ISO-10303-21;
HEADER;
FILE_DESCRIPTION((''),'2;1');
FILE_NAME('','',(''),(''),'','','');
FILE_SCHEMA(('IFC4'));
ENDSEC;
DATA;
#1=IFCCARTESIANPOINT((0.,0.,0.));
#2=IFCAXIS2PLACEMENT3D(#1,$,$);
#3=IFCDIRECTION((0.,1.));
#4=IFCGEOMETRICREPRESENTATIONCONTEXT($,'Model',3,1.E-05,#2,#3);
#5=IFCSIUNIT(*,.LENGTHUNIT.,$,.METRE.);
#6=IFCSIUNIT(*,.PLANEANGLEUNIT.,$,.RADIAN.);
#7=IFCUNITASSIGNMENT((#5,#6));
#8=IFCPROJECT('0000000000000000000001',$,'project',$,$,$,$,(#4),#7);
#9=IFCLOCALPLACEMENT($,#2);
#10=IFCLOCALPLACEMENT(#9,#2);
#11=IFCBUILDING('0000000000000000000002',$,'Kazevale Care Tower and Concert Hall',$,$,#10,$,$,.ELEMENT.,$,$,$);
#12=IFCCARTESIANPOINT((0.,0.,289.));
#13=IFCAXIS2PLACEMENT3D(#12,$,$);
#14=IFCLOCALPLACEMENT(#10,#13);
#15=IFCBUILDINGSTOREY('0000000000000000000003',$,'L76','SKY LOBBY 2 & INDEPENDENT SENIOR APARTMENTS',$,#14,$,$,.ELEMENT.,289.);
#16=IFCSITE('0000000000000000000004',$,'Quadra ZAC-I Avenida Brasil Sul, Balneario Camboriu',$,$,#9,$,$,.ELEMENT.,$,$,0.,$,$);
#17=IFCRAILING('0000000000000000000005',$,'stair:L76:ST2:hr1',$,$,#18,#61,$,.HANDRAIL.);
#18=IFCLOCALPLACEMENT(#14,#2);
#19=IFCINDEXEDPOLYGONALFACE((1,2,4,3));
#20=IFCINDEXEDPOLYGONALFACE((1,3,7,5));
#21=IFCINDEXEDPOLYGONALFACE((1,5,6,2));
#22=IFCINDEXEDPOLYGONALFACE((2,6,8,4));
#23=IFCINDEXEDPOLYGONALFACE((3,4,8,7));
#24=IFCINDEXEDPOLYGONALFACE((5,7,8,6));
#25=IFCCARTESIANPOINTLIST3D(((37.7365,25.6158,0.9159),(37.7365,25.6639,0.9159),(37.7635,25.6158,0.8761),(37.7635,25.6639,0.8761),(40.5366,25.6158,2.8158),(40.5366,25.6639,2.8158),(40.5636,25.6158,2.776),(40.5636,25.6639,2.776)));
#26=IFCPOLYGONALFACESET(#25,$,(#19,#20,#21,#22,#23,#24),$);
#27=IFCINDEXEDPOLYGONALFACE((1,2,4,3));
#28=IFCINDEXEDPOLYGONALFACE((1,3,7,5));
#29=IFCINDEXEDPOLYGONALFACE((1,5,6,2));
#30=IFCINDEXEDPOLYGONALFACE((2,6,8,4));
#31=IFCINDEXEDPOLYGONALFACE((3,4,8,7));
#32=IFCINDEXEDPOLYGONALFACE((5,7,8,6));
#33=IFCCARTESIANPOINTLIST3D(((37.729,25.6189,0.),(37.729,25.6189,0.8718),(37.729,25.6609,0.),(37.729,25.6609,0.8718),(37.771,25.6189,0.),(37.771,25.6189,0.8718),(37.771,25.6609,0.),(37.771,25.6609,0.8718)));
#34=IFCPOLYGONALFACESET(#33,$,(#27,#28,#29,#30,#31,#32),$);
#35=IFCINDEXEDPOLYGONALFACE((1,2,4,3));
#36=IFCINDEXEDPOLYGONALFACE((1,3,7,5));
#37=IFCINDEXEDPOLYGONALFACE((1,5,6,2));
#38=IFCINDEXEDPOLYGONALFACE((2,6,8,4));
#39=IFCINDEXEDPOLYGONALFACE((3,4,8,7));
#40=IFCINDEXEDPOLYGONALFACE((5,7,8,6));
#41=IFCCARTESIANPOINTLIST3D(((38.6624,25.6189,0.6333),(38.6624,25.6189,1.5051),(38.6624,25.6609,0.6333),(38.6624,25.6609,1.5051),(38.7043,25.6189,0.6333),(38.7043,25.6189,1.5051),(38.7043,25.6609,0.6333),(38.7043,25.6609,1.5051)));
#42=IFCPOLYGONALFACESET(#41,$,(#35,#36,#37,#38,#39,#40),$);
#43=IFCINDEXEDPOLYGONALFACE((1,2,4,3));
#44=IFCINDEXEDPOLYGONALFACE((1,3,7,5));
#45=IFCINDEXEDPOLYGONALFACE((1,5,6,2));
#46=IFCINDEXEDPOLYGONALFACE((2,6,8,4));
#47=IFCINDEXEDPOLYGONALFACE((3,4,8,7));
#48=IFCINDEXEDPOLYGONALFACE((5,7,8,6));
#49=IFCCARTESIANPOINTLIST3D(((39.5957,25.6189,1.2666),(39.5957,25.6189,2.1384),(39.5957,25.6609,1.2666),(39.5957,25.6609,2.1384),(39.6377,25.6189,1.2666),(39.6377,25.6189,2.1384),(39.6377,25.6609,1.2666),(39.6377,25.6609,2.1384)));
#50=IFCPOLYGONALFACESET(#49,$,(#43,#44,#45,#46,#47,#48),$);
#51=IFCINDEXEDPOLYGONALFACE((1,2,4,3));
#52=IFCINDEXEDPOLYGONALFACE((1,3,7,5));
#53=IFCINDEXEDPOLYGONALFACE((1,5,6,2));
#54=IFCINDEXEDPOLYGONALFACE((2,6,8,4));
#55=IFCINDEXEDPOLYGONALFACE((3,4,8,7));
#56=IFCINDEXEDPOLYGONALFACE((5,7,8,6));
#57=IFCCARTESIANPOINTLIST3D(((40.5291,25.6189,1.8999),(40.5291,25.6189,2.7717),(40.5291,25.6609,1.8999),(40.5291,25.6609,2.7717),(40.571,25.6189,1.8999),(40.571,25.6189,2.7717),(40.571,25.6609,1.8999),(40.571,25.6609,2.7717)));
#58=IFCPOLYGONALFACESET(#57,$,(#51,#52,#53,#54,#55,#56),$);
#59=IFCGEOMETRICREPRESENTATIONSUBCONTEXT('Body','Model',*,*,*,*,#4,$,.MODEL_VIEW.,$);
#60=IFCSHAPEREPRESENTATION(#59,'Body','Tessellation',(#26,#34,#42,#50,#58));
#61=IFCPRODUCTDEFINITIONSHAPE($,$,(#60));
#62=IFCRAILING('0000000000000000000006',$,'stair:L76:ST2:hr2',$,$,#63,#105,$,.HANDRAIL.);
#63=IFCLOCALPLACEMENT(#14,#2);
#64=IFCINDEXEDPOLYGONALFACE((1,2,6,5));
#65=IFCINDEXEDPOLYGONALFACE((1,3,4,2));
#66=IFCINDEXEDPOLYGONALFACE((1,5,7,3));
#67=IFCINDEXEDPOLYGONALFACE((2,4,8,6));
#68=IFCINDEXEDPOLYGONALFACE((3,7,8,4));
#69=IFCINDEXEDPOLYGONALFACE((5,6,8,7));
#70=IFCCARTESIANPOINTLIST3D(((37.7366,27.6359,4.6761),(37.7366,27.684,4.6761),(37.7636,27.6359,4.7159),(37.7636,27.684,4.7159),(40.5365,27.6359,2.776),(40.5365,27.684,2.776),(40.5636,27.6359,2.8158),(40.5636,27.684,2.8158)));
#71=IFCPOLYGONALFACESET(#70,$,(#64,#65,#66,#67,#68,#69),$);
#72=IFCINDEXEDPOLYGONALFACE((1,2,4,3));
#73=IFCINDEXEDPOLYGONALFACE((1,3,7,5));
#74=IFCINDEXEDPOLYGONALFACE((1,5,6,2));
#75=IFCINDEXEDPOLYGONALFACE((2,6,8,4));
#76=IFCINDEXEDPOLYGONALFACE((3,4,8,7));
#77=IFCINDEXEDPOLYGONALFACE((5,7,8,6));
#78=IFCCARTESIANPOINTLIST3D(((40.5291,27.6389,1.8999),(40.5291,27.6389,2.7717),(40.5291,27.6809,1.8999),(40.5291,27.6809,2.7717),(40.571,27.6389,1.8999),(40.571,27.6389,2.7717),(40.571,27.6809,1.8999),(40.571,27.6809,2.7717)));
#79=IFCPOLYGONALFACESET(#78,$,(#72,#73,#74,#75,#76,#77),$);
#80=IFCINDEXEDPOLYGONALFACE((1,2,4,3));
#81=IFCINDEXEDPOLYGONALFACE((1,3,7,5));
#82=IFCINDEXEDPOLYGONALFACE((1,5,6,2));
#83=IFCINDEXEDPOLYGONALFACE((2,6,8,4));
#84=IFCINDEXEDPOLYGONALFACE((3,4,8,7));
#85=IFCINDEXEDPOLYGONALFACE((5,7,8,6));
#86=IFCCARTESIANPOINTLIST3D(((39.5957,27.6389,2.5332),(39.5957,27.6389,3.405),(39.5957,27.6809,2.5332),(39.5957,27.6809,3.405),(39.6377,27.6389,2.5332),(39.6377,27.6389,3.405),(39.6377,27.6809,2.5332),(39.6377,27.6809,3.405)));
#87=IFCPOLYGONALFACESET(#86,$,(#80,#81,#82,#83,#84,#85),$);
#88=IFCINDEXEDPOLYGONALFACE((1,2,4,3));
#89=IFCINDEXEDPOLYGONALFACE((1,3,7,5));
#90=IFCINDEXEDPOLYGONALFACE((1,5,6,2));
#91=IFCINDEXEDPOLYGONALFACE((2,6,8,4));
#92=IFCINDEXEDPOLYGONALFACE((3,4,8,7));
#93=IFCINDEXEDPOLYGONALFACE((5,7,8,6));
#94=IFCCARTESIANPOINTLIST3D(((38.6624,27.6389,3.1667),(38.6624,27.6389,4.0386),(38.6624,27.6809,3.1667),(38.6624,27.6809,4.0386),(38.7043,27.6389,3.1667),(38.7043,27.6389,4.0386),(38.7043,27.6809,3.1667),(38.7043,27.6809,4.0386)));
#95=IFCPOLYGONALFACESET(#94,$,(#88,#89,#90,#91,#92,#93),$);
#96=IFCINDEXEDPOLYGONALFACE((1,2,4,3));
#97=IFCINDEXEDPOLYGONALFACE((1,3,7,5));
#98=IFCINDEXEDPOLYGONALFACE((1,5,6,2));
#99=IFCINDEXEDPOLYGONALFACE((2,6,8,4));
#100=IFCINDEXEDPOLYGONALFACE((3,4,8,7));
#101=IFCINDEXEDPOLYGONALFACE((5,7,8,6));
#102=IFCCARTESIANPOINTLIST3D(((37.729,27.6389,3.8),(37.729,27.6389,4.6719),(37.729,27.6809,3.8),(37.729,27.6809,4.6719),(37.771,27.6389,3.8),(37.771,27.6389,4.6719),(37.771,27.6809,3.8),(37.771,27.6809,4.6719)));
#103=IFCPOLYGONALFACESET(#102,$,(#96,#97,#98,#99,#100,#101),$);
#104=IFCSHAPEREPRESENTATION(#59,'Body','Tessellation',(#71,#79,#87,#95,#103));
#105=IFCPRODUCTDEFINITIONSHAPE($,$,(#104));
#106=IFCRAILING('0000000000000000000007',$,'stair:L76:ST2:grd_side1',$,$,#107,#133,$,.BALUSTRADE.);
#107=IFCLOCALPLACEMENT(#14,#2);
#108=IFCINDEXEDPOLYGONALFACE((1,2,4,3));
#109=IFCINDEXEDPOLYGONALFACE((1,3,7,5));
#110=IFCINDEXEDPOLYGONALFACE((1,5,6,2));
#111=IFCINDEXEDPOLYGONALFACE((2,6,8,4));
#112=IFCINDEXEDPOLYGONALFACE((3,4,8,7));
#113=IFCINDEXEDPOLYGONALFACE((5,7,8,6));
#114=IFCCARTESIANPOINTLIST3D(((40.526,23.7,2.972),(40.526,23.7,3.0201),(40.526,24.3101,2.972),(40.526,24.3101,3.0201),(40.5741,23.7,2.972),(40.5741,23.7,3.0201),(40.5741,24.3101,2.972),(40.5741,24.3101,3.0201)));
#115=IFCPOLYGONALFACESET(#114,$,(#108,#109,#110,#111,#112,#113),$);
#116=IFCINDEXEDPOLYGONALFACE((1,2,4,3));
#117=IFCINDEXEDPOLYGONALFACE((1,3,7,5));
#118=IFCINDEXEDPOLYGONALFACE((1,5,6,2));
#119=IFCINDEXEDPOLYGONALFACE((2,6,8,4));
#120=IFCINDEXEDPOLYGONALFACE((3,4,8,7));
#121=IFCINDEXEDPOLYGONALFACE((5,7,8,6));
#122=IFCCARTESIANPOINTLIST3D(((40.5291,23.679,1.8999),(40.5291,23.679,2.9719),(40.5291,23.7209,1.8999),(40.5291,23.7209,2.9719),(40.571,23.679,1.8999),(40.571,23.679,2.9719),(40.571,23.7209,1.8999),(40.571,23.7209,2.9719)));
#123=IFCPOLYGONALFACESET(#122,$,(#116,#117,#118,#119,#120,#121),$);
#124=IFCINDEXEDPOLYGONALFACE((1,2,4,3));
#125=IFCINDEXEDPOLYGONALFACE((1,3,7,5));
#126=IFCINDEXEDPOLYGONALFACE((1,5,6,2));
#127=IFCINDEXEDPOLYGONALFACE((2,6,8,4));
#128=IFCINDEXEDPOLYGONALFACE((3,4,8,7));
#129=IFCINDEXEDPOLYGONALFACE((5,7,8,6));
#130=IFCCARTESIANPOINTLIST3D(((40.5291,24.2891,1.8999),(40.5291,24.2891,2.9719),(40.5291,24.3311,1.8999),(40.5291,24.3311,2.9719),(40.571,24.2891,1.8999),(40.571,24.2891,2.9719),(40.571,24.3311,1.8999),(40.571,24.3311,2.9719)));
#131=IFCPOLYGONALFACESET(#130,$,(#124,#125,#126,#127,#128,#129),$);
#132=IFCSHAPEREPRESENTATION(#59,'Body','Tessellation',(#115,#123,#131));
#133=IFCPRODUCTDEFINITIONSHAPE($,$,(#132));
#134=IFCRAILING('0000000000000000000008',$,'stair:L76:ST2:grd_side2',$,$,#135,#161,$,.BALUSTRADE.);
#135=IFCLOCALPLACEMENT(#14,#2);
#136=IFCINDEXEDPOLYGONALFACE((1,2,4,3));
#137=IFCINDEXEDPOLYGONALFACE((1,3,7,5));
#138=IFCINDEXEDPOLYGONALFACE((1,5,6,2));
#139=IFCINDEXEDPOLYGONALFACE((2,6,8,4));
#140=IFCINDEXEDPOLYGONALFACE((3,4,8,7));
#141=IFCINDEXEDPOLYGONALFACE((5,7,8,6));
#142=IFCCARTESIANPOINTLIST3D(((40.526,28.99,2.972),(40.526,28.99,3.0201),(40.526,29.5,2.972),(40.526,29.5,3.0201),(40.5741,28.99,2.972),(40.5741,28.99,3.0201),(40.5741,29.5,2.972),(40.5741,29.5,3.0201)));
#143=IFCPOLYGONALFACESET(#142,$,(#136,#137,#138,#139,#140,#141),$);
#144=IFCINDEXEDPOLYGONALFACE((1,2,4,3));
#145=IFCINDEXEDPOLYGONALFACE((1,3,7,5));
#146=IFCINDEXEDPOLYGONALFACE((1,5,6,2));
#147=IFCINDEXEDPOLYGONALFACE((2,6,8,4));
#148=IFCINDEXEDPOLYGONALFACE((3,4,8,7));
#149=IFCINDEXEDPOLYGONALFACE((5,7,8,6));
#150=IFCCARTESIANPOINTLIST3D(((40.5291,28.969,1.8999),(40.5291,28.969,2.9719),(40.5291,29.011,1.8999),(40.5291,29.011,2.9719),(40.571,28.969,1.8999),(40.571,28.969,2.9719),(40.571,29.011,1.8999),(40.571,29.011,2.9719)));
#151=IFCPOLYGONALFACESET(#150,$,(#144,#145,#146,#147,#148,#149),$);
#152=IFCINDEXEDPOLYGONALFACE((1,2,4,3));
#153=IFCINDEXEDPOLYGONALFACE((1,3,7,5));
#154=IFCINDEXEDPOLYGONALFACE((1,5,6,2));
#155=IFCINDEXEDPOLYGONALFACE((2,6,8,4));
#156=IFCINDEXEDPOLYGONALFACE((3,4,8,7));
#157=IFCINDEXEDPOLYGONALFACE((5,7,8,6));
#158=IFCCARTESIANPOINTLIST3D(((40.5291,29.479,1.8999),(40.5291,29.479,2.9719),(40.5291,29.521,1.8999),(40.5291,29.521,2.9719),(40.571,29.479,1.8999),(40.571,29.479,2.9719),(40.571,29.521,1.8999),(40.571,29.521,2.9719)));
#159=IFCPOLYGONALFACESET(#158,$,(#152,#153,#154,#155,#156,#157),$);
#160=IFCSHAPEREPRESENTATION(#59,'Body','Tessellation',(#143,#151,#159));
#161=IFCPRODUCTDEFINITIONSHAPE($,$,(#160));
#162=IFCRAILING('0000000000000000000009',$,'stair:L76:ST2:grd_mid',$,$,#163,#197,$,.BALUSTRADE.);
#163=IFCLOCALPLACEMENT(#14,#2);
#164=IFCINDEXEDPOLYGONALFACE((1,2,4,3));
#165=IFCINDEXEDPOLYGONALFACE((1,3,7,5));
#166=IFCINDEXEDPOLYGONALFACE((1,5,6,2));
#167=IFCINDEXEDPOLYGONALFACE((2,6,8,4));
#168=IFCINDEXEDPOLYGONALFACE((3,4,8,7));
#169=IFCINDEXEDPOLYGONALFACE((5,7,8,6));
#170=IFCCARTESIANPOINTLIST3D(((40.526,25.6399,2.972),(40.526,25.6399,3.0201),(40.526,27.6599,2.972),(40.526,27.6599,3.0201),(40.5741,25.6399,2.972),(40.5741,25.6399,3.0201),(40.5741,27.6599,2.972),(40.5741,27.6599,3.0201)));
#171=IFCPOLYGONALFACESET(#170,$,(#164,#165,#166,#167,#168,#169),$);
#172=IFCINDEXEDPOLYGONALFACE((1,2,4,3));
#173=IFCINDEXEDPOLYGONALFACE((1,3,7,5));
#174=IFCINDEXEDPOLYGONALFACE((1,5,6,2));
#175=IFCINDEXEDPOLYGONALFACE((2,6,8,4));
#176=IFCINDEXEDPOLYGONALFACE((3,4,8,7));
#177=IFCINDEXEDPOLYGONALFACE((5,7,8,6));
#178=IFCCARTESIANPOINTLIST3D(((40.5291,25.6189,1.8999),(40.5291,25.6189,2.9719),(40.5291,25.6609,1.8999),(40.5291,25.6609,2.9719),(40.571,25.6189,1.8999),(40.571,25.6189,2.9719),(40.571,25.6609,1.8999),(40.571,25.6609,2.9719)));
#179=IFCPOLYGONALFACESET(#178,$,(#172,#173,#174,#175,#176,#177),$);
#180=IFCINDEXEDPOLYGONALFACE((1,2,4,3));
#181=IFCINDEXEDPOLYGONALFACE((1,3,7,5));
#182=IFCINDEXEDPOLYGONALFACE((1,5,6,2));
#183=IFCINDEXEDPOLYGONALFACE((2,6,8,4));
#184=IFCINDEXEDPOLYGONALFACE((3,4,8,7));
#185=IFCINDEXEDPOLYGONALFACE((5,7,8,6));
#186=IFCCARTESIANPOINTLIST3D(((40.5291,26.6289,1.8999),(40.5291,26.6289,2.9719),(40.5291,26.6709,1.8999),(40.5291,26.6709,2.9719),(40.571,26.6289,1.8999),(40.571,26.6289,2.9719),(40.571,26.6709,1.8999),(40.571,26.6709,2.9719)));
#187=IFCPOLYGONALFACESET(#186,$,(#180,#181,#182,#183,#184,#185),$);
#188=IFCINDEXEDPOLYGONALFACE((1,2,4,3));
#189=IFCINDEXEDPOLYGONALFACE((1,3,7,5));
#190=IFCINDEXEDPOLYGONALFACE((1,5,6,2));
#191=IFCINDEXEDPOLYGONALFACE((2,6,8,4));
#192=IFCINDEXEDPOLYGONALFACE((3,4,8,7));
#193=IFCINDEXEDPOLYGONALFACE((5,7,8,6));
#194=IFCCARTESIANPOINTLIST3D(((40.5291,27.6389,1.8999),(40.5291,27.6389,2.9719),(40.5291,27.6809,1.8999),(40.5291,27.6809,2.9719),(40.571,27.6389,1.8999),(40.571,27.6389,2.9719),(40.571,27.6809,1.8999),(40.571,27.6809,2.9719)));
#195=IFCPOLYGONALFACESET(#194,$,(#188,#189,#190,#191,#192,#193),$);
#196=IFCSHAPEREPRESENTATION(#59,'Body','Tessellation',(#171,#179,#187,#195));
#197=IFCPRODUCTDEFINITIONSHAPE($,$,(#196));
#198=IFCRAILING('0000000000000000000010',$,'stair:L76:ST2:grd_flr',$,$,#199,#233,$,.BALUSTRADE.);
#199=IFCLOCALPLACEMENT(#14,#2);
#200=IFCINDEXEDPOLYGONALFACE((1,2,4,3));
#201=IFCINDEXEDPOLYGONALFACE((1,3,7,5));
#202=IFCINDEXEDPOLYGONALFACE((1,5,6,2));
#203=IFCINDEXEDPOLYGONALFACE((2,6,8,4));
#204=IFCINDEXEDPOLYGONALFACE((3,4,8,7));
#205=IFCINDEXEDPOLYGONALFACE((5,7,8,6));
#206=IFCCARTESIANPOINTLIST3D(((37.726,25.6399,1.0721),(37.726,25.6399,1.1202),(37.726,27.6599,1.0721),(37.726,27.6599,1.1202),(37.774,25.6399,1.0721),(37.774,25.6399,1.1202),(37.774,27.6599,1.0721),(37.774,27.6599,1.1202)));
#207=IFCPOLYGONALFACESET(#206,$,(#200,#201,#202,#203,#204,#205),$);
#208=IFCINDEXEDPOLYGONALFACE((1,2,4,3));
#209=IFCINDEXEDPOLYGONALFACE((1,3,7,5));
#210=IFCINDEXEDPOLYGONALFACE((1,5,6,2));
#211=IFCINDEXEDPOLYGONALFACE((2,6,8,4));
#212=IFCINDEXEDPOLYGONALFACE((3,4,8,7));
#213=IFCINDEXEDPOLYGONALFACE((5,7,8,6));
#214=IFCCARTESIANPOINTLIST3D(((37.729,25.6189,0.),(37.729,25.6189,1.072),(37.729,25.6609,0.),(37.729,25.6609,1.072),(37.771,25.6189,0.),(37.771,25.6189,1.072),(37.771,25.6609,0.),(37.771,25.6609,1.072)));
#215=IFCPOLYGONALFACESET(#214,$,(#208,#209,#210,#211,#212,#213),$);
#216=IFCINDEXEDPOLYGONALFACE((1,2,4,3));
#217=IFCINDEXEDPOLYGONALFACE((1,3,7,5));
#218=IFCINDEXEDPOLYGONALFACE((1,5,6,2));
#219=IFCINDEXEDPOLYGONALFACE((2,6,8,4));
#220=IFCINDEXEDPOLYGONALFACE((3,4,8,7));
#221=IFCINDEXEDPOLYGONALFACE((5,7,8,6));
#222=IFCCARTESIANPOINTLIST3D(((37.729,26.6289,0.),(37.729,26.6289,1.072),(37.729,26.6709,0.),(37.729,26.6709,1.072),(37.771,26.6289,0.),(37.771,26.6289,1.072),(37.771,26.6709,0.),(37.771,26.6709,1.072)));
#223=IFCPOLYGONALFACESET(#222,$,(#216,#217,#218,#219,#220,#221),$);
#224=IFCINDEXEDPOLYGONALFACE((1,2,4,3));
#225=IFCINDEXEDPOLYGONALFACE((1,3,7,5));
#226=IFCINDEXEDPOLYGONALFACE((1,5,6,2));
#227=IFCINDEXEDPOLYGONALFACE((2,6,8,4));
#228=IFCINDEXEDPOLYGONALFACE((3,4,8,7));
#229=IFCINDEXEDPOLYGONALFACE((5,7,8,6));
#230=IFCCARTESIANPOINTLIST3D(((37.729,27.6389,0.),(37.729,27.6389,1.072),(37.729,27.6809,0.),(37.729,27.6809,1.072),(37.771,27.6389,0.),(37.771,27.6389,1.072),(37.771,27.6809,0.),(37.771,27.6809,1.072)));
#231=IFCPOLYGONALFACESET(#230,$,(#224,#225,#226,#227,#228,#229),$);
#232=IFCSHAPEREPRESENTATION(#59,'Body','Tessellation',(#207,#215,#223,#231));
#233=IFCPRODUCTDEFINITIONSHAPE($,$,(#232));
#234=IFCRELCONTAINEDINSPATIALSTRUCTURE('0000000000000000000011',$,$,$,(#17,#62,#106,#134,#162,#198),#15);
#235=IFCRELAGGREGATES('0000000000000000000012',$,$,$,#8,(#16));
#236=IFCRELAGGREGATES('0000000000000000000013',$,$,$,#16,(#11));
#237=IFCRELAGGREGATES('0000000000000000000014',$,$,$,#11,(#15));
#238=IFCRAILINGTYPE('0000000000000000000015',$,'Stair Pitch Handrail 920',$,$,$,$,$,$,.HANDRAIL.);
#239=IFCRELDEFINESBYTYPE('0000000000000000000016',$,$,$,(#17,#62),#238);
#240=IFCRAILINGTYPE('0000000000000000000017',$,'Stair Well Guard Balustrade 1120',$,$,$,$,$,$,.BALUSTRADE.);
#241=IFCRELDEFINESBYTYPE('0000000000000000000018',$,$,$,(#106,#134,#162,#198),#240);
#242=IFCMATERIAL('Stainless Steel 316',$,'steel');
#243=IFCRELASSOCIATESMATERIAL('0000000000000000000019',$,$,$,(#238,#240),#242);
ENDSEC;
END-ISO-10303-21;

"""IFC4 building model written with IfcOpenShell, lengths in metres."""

from ifc_helpers import new_model, si_unit, direction, frame, origin, origin_2d, place, context, subcontext, project, spatial, rectangle, extrude, material, type_object, element, save


model = new_model("IFC4")

# Units and contexts
model_context = context("Model", 3, precision=1e-05, world=origin(), true_north=direction((0.0, 1.0)))
body_context = subcontext(model_context, "Body", "Model", "MODEL_VIEW")
ifc_project = project(units=[si_unit("LENGTHUNIT", "METRE"), si_unit("PLANEANGLEUNIT", "RADIAN")], contexts=[model_context])

# Site, building, storey
site_placement = place(None, origin())
site = spatial("IfcSite", under=ifc_project, at=site_placement, Name="Quadra ZAC-I Avenida Brasil Sul, Balneario Camboriu", CompositionType="ELEMENT", RefElevation=0.0)
building_placement = place(site_placement, origin())
building = spatial("IfcBuilding", under=site, at=building_placement, Name="Kazevale Care Tower and Concert Hall", CompositionType="ELEMENT")
storey_placement = place(building_placement, frame((0.0, 0.0, 289.0)))
storey = spatial("IfcBuildingStorey", under=building, at=storey_placement, Name="L76", Description="SKY LOBBY 2 & INDEPENDENT SENIOR APARTMENTS", CompositionType="ELEMENT", Elevation=289.0)

# Railings
ifc_material_1 = material(Name="Stainless Steel 316", Category="steel")
railing_type_1 = type_object("IfcRailingType", Name="Stair Pitch Handrail 920", PredefinedType="HANDRAIL", material=ifc_material_1)
railing_1_placement = place(storey_placement, frame((37.75, 25.6399, 0.0)))
element("IfcRailing", 1, at=railing_1_placement, inside=storey, type_object=railing_type_1, Name="stair:L76:ST2:hr1", PredefinedType="HANDRAIL", context=body_context, shape_type="SweptSolid", body=[
    extrude(rectangle(XDim=0.0481, YDim=0.0481, at=origin_2d()), frame((0.0, 0.0, 0.896), z_axis=(0.827494, 0.0, 0.561475), x_axis=(0.0, 1.0, 0.0)), (0.0, 0.0, 1.0), 3.3838),
    extrude(rectangle(XDim=0.042, YDim=0.042, at=origin_2d()), origin(), (0.0, 0.0, 1.0), 0.8718),
    extrude(rectangle(XDim=0.042, YDim=0.042, at=origin_2d()), frame((0.9333, 0.0, 0.6333)), (0.0, 0.0, 1.0), 0.8718),
    extrude(rectangle(XDim=0.042, YDim=0.042, at=origin_2d()), frame((1.8667, 0.0, 1.2666)), (0.0, 0.0, 1.0), 0.8718),
    extrude(rectangle(XDim=0.042, YDim=0.042, at=origin_2d()), frame((2.8, 0.0, 1.8999)), (0.0, 0.0, 1.0), 0.8718),
])
railing_2_placement = place(storey_placement, frame((40.55, 27.6599, 1.8999)))
element("IfcRailing", 2, at=railing_2_placement, inside=storey, type_object=railing_type_1, Name="stair:L76:ST2:hr2", PredefinedType="HANDRAIL", context=body_context, shape_type="SweptSolid", body=[
    extrude(rectangle(XDim=0.0481, YDim=0.0481, at=origin_2d()), frame((0.0, 0.0, 0.896), z_axis=(-0.82746, 0.0, 0.561524), x_axis=(0.0, -1.0, 0.0)), (0.0, 0.0, 1.0), 3.3838),
    extrude(rectangle(XDim=0.042, YDim=0.042, at=origin_2d()), origin(), (0.0, 0.0, 1.0), 0.8718),
    extrude(rectangle(XDim=0.042, YDim=0.042, at=origin_2d()), frame((-0.9333, 0.0, 0.6333)), (0.0, 0.0, 1.0), 0.8718),
    extrude(rectangle(XDim=0.042, YDim=0.042, at=origin_2d()), frame((-1.8667, 0.0, 1.2668)), (0.0, 0.0, 1.0), 0.8718),
    extrude(rectangle(XDim=0.042, YDim=0.042, at=origin_2d()), frame((-2.8, 0.0, 1.9001)), (0.0, 0.0, 1.0), 0.8718),
])
railing_type_2 = type_object("IfcRailingType", Name="Stair Well Guard Balustrade 1120", PredefinedType="BALUSTRADE", material=ifc_material_1)
railing_3_placement = place(storey_placement, frame((40.55, 23.7, 1.8999)))
element("IfcRailing", 3, at=railing_3_placement, inside=storey, type_object=railing_type_2, Name="stair:L76:ST2:grd_side1", PredefinedType="BALUSTRADE", context=body_context, shape_type="SweptSolid", body=[
    extrude(rectangle(XDim=0.0481, YDim=0.0481, at=origin_2d()), frame((0.0, 0.0, 1.0962), z_axis=(0.0, 1.0, 0.0), x_axis=(-1.0, 0.0, 0.0)), (0.0, 0.0, 1.0), 0.6101),
    extrude(rectangle(XDim=0.042, YDim=0.042, at=origin_2d()), origin(), (0.0, 0.0, 1.0), 1.072),
    extrude(rectangle(XDim=0.042, YDim=0.042, at=origin_2d()), frame((0.0, 0.6101, 0.0)), (0.0, 0.0, 1.0), 1.072),
])
railing_4_placement = place(storey_placement, frame((40.55, 28.99, 1.8999)))
element("IfcRailing", 4, at=railing_4_placement, inside=storey, type_object=railing_type_2, Name="stair:L76:ST2:grd_side2", PredefinedType="BALUSTRADE", context=body_context, shape_type="SweptSolid", body=[
    extrude(rectangle(XDim=0.0481, YDim=0.0481, at=origin_2d()), frame((0.0, 0.0, 1.0962), z_axis=(0.0, 1.0, 0.0), x_axis=(-1.0, 0.0, 0.0)), (0.0, 0.0, 1.0), 0.51),
    extrude(rectangle(XDim=0.042, YDim=0.042, at=origin_2d()), origin(), (0.0, 0.0, 1.0), 1.072),
    extrude(rectangle(XDim=0.042, YDim=0.042, at=origin_2d()), frame((0.0, 0.51, 0.0)), (0.0, 0.0, 1.0), 1.072),
])
for number, where, name in (
    (5, (40.55, 25.6399, 1.8999), "stair:L76:ST2:grd_mid"),
    (6, (37.75, 25.6399, 0.0), "stair:L76:ST2:grd_flr"),
):
    element("IfcRailing", number, at=place(storey_placement, frame(where)), inside=storey, type_object=railing_type_2, Name=name, PredefinedType="BALUSTRADE", context=body_context, shape_type="SweptSolid", body=[
        extrude(rectangle(XDim=0.0481, YDim=0.0481, at=origin_2d()), frame((0.0, 0.0, 1.0962), z_axis=(0.0, 1.0, 0.0), x_axis=(-1.0, 0.0, 0.0)), (0.0, 0.0, 1.0), 2.02),
        extrude(rectangle(XDim=0.042, YDim=0.042, at=origin_2d()), origin(), (0.0, 0.0, 1.0), 1.072),
        extrude(rectangle(XDim=0.042, YDim=0.042, at=origin_2d()), frame((0.0, 1.01, 0.0)), (0.0, 0.0, 1.0), 1.072),
        extrude(rectangle(XDim=0.042, YDim=0.042, at=origin_2d()), frame((0.0, 2.02, 0.0)), (0.0, 0.0, 1.0), 1.072),
    ])

save(model, "model.ifc")
